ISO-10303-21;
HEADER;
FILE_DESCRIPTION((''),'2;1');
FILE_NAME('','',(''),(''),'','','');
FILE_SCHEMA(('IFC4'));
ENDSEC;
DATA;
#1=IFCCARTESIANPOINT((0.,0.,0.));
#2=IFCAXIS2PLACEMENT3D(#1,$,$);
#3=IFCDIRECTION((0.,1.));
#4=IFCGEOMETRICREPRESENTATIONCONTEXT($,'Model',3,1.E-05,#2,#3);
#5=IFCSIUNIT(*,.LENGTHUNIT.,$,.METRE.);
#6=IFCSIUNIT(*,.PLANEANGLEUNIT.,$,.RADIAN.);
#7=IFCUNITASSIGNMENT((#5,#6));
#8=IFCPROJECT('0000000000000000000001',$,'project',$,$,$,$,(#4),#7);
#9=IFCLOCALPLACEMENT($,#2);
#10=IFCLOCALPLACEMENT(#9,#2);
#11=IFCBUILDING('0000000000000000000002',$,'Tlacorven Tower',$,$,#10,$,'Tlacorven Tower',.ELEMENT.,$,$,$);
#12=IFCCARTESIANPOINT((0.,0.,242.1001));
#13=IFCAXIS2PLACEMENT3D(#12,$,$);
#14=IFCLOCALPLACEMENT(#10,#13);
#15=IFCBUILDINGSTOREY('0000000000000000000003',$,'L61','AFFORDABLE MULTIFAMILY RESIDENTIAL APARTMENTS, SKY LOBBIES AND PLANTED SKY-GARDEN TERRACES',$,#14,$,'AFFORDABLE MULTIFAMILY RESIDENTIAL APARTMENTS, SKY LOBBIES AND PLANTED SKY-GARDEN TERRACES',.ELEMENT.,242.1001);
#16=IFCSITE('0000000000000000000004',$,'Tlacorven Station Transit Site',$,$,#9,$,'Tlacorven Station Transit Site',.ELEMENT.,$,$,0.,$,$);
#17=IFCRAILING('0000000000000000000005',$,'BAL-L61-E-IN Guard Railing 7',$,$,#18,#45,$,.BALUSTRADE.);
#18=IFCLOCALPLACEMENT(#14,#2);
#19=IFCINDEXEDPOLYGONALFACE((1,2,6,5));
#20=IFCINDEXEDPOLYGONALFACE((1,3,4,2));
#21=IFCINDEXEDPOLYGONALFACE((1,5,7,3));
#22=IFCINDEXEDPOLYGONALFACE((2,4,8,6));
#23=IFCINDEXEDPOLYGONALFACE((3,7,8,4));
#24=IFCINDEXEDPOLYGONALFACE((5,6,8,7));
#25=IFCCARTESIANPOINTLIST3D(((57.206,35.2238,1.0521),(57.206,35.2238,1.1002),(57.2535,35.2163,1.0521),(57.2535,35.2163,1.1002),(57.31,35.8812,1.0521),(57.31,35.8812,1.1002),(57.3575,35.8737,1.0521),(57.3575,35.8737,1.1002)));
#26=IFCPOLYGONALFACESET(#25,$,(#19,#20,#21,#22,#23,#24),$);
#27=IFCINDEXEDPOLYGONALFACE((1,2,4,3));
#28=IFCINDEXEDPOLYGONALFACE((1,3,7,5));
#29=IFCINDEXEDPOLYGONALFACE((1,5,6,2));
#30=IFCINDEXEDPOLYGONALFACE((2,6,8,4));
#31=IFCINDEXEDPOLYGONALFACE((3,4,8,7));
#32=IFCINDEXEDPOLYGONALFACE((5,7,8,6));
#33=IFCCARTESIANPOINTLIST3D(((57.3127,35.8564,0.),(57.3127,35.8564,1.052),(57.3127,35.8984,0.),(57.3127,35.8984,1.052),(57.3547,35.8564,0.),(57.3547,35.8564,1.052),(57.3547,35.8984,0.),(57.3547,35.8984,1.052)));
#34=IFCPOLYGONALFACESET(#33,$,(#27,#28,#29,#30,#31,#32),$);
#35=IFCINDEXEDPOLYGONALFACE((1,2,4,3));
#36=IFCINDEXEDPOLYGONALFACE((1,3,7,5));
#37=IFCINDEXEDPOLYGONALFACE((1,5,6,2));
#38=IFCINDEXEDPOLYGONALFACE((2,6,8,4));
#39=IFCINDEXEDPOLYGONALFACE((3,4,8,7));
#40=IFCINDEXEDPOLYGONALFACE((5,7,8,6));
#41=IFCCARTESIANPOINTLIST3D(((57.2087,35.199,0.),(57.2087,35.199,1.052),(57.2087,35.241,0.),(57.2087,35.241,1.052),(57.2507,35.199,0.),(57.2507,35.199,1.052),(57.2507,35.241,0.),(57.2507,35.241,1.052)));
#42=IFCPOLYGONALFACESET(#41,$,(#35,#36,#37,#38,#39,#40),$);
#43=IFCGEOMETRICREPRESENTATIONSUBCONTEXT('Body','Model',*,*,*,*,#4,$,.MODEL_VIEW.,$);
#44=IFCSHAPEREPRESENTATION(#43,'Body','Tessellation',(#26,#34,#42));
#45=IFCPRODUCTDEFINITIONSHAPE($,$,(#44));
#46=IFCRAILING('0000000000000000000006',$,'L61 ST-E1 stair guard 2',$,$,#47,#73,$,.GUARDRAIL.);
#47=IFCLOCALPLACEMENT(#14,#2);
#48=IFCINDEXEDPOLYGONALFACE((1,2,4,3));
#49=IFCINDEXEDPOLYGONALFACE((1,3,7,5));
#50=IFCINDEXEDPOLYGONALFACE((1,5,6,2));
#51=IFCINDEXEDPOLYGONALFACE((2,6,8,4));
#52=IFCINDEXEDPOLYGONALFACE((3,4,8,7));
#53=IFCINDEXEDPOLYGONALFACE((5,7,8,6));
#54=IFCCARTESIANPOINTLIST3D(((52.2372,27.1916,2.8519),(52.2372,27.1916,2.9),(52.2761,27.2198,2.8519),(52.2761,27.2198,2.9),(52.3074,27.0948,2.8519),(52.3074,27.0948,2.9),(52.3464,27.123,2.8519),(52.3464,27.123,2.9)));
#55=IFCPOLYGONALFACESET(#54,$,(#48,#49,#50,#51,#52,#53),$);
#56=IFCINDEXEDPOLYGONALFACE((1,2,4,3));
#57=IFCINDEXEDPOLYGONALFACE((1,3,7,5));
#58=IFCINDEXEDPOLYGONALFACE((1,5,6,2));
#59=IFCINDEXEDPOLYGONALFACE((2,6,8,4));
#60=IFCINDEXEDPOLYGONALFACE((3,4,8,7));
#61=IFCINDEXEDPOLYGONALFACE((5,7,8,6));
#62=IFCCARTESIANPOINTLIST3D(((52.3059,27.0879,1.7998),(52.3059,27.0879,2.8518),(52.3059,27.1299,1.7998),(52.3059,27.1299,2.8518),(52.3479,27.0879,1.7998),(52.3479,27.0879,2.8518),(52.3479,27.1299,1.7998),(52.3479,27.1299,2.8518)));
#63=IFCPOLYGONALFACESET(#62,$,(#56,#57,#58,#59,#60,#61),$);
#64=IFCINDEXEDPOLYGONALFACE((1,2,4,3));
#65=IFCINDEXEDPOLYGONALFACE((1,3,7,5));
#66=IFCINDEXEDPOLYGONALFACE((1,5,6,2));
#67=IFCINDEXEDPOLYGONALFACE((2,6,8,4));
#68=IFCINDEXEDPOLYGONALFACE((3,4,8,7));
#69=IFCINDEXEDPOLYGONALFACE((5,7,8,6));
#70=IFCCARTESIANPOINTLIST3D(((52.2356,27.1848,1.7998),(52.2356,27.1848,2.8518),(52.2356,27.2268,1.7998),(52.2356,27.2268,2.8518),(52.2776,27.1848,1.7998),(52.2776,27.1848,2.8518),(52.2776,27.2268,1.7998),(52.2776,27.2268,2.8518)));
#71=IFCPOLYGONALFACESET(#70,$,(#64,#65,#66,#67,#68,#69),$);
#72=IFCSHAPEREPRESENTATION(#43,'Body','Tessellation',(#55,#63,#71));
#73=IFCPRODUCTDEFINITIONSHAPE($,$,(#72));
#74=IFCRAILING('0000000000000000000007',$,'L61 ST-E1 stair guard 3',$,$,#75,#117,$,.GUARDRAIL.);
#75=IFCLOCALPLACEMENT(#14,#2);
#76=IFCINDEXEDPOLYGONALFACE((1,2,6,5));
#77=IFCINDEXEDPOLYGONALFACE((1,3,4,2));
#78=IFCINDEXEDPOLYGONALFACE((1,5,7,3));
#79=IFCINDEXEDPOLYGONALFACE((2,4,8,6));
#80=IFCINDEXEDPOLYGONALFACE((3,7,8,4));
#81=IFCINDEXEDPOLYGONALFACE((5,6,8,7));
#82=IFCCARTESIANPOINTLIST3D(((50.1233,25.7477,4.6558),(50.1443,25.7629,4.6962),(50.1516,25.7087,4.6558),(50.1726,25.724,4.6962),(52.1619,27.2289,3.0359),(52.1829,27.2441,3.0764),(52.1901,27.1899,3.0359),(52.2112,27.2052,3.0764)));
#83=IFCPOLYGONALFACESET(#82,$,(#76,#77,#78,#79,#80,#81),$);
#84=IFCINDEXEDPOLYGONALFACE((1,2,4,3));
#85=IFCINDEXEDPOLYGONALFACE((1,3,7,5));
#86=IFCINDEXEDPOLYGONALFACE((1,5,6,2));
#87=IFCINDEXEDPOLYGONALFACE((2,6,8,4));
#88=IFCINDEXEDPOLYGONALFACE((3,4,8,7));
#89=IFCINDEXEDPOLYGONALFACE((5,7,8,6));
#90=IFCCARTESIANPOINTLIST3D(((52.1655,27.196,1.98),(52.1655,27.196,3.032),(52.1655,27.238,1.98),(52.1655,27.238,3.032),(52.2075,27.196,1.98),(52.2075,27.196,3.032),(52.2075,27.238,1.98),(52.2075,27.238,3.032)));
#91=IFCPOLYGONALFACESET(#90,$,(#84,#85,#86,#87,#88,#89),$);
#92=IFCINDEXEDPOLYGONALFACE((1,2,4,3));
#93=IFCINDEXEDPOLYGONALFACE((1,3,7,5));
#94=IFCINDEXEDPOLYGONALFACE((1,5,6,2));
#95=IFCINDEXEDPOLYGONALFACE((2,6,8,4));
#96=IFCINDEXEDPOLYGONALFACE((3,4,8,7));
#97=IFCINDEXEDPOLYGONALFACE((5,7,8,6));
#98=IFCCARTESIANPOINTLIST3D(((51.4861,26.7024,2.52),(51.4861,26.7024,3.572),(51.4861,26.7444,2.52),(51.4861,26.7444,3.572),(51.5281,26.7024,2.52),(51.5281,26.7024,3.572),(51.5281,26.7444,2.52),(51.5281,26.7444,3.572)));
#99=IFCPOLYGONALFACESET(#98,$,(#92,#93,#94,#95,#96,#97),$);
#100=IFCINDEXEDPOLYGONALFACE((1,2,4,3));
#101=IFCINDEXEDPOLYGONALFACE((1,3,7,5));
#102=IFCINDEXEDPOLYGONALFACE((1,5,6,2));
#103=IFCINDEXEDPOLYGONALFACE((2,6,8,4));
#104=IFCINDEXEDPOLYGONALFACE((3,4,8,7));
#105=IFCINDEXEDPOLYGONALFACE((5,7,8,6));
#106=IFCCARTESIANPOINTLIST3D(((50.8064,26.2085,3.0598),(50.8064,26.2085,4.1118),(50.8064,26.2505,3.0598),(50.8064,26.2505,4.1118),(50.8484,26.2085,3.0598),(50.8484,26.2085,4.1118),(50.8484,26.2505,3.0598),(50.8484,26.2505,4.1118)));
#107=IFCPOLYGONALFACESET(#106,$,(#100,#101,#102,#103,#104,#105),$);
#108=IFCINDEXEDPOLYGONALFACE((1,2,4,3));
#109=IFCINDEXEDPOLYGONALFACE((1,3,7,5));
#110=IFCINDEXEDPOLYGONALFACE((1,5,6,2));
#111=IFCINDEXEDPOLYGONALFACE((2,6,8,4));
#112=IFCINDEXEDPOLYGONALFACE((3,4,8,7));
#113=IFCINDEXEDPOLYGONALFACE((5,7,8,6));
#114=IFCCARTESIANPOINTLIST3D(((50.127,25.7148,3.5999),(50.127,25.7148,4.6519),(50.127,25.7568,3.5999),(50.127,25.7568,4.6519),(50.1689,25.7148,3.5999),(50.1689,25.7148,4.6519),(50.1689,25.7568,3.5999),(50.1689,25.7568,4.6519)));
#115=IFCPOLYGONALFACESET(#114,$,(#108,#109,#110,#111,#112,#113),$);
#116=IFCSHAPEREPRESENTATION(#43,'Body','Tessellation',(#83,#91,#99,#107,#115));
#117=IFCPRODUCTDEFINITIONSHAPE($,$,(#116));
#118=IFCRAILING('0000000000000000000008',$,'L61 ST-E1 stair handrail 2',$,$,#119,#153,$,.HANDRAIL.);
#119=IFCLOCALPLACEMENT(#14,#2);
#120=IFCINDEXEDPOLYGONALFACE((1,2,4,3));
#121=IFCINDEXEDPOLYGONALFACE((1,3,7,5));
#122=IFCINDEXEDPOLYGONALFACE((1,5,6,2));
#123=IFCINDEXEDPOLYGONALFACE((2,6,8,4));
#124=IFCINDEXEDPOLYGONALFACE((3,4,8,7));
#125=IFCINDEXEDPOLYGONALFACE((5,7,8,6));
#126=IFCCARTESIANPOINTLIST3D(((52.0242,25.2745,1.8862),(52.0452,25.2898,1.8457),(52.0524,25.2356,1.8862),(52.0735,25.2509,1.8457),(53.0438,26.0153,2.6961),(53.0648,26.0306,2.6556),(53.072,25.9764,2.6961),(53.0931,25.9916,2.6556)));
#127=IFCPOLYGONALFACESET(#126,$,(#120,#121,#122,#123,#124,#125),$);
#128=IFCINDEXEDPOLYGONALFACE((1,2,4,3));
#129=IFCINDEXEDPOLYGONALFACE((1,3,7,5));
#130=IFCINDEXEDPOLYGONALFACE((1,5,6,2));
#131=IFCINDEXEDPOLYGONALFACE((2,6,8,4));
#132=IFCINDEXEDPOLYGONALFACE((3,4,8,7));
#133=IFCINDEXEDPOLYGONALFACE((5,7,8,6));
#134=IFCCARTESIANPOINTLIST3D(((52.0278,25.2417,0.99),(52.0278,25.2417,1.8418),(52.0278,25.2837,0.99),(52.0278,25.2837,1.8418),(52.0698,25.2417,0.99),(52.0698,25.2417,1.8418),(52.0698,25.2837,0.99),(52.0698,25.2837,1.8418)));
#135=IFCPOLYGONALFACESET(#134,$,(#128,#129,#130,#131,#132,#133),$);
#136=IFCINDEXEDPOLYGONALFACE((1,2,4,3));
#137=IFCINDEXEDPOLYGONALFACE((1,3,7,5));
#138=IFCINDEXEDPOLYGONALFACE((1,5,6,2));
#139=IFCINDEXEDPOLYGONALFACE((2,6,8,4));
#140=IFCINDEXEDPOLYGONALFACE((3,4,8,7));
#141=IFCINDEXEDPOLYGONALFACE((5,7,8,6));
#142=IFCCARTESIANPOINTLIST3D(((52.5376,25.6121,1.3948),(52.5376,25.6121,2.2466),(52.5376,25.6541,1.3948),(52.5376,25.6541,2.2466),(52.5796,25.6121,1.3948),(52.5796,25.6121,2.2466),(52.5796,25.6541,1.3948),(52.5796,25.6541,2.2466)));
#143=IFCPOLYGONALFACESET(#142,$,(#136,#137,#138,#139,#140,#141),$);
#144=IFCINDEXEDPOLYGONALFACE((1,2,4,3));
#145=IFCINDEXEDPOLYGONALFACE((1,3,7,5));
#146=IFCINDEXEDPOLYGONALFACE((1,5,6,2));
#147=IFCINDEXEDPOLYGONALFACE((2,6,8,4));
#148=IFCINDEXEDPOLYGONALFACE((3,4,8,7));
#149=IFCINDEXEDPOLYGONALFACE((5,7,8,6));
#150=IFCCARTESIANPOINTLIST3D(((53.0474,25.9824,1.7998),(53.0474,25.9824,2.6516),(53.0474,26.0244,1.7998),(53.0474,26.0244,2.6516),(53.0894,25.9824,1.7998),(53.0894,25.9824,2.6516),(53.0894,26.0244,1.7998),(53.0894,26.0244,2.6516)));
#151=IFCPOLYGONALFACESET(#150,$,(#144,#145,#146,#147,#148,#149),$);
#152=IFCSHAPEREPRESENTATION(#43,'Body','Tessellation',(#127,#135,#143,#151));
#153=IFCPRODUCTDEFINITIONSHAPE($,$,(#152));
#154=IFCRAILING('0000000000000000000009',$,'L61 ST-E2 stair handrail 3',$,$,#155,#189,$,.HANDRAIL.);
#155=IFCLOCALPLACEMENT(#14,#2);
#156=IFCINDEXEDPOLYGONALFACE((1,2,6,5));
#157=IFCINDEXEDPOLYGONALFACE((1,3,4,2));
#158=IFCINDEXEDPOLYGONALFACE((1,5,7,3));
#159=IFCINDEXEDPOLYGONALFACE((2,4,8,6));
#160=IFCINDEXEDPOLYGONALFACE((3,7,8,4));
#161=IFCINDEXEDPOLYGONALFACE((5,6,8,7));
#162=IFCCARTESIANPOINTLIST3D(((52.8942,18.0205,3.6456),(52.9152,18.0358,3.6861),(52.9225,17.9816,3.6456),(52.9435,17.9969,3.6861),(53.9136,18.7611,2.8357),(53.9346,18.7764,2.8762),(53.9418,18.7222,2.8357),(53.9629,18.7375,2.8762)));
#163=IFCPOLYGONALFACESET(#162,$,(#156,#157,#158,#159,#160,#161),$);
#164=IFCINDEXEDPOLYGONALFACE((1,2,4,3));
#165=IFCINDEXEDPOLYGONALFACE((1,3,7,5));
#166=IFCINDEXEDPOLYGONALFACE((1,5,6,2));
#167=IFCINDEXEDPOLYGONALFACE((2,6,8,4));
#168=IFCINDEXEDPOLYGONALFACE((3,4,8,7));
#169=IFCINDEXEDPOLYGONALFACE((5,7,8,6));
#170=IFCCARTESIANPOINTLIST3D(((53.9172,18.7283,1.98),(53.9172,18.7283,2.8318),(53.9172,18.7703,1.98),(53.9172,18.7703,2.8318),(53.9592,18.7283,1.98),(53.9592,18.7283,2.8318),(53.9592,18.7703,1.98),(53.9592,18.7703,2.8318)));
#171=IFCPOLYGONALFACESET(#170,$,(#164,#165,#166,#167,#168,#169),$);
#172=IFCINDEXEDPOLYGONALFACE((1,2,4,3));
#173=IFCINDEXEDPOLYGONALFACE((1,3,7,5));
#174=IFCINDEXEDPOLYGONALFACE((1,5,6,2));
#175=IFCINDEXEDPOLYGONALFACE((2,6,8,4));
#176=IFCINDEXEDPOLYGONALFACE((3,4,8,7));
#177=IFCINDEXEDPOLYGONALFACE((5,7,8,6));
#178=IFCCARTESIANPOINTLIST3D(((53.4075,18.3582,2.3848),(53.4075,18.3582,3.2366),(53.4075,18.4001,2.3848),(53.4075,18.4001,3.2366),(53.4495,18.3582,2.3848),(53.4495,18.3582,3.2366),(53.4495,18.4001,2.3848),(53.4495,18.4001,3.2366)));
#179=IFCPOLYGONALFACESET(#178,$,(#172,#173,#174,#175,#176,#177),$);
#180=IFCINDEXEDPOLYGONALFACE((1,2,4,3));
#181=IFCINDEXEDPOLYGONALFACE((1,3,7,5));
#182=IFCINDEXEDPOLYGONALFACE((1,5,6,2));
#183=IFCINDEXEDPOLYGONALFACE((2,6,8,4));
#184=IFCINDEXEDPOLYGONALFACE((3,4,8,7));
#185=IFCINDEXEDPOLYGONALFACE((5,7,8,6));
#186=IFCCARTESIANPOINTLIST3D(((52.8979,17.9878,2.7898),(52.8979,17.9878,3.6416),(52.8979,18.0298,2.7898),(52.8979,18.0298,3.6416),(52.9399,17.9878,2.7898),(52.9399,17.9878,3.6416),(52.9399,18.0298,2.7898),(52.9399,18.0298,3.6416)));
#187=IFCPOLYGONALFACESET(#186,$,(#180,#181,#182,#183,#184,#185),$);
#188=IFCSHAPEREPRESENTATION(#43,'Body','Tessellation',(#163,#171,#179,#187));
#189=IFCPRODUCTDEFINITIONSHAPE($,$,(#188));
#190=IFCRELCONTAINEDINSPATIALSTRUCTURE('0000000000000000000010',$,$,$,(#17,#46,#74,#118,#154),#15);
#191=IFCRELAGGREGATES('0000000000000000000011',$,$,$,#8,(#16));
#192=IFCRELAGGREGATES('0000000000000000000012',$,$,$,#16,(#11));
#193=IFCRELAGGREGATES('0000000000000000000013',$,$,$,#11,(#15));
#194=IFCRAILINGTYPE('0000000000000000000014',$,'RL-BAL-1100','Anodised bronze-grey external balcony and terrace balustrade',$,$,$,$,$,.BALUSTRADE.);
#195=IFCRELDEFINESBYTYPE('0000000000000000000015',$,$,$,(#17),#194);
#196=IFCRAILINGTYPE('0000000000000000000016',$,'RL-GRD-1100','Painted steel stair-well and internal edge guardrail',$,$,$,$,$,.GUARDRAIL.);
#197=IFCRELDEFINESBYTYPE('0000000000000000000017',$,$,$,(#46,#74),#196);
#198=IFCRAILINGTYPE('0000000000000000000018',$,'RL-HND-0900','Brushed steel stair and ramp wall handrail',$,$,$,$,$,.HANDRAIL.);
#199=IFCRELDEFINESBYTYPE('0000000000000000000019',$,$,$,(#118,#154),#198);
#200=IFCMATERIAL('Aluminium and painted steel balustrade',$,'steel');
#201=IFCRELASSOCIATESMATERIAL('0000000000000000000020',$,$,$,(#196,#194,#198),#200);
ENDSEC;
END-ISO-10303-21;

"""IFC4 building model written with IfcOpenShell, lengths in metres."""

from ifc_helpers import new_model, si_unit, direction, frame, origin, origin_2d, place, context, subcontext, project, spatial, rectangle, extrude, source, transform, mapped, material, type_object, element, save


model = new_model("IFC4")

# Units and contexts
model_context = context("Model", 3, precision=1e-05, world=origin(), true_north=direction((0.0, 1.0)))
body_context = subcontext(model_context, "Body", "Model", "MODEL_VIEW")
ifc_project = project(units=[si_unit("LENGTHUNIT", "METRE"), si_unit("PLANEANGLEUNIT", "RADIAN")], contexts=[model_context])

# Site, building, storey
site_placement = place(None, origin())
site = spatial("IfcSite", under=ifc_project, at=site_placement, Name="Tlacorven Station Transit Site", LongName="Tlacorven Station Transit Site", CompositionType="ELEMENT", RefElevation=0.0)
building_placement = place(site_placement, origin())
building = spatial("IfcBuilding", under=site, at=building_placement, Name="Tlacorven Tower", LongName="Tlacorven Tower", CompositionType="ELEMENT")
storey_placement = place(building_placement, frame((0.0, 0.0, 242.1001)))
storey = spatial("IfcBuildingStorey", under=building, at=storey_placement, Name="L61", Description="AFFORDABLE MULTIFAMILY RESIDENTIAL APARTMENTS, SKY LOBBIES AND PLANTED SKY-GARDEN TERRACES", LongName="AFFORDABLE MULTIFAMILY RESIDENTIAL APARTMENTS, SKY LOBBIES AND PLANTED SKY-GARDEN TERRACES", CompositionType="ELEMENT", Elevation=242.1001)

# Railings
ifc_material_1 = material(Name="Aluminium and painted steel balustrade", Category="steel")
railing_type_1 = type_object("IfcRailingType", Name="RL-GRD-1100", Description="Painted steel stair-well and internal edge guardrail", PredefinedType="GUARDRAIL", material=ifc_material_1)
railing_type_2 = type_object("IfcRailingType", Name="RL-BAL-1100", Description="Anodised bronze-grey external balcony and terrace balustrade", PredefinedType="BALUSTRADE", material=ifc_material_1)
shared_shape_1 = source(origin(), body_context, "Body", "SweptSolid", [
    extrude(rectangle(XDim=0.0481, YDim=0.0481, at=origin_2d()), frame((0.0, 0.0, 1.0762), z_axis=(-0.156245, -0.987718, 0.0), x_axis=(0.987718, -0.156245, 0.0)), (0.0, 0.0, 1.0), 0.6655),
    extrude(rectangle(XDim=0.042, YDim=0.042, at=origin_2d()), origin(), (0.0, 0.0, 1.0), 1.052),
    extrude(rectangle(XDim=0.042, YDim=0.042, at=origin_2d()), frame((-0.104, -0.6575, 0.0)), (0.0, 0.0, 1.0), 1.052),
])
railing_1_placement = place(storey_placement, frame((57.3337, 35.8774, 0.0)))
element("IfcRailing", 1, at=railing_1_placement, inside=storey, type_object=railing_type_2, Name="BAL-L61-E-IN Guard Railing 7", PredefinedType="BALUSTRADE", context=body_context, shape_type="MappedRepresentation", body=[
    mapped(shared_shape_1, transform((0.0, 0.0, 0.0), scale=1.0)),
])
shared_shape_2 = source(origin(), body_context, "Body", "SweptSolid", [
    extrude(rectangle(XDim=0.0481, YDim=0.0481, at=origin_2d()), frame((0.0, 0.0, 1.0762), z_axis=(-0.587201, 0.809441, 0.0), x_axis=(-0.809441, -0.587201, 0.0)), (0.0, 0.0, 1.0), 0.1196),
    extrude(rectangle(XDim=0.042, YDim=0.042, at=origin_2d()), origin(), (0.0, 0.0, 1.0), 1.052),
    extrude(rectangle(XDim=0.042, YDim=0.042, at=origin_2d()), frame((-0.0703, 0.0969, 0.0)), (0.0, 0.0, 1.0), 1.052),
])
railing_2_placement = place(storey_placement, frame((52.3269, 27.1089, 1.7998)))
element("IfcRailing", 2, at=railing_2_placement, inside=storey, type_object=railing_type_1, Name="L61 ST-E1 stair guard 2", PredefinedType="GUARDRAIL", context=body_context, shape_type="MappedRepresentation", body=[
    mapped(shared_shape_2, transform((0.0, 0.0, 0.0), scale=1.0)),
])
shared_shape_3 = source(origin(), body_context, "Body", "SweptSolid", [
    extrude(rectangle(XDim=0.0481, YDim=0.0481, at=origin_2d()), frame((0.0, 0.0, 1.0762), z_axis=(-0.680519, -0.494456, 0.540747), x_axis=(0.587809, -0.809, 0.0)), (0.0, 0.0, 1.0), 2.9956),
    extrude(rectangle(XDim=0.042, YDim=0.042, at=origin_2d()), origin(), (0.0, 0.0, 1.0), 1.052),
    extrude(rectangle(XDim=0.042, YDim=0.042, at=origin_2d()), frame((-0.6794, -0.4937, 0.54)), (0.0, 0.0, 1.0), 1.052),
    extrude(rectangle(XDim=0.042, YDim=0.042, at=origin_2d()), frame((-1.3591, -0.9875, 1.0798)), (0.0, 0.0, 1.0), 1.052),
    extrude(rectangle(XDim=0.042, YDim=0.042, at=origin_2d()), frame((-2.0386, -1.4812, 1.6199)), (0.0, 0.0, 1.0), 1.052),
])
railing_3_placement = place(storey_placement, frame((52.1865, 27.217, 1.98)))
element("IfcRailing", 3, at=railing_3_placement, inside=storey, type_object=railing_type_1, Name="L61 ST-E1 stair guard 3", PredefinedType="GUARDRAIL", context=body_context, shape_type="MappedRepresentation", body=[
    mapped(shared_shape_3, transform((0.0, 0.0, 0.0), scale=1.0)),
])
railing_type_3 = type_object("IfcRailingType", Name="RL-HND-0900", Description="Brushed steel stair and ramp wall handrail", PredefinedType="HANDRAIL", material=ifc_material_1)
shared_shape_4 = source(origin(), body_context, "Body", "SweptSolid", [
    extrude(rectangle(XDim=0.0481, YDim=0.0481, at=origin_2d()), frame((0.0, 0.0, 0.876), z_axis=(0.680609, 0.494484, 0.540608), x_axis=(-0.58778, 0.809021, 0.0)), (0.0, 0.0, 1.0), 1.498),
    extrude(rectangle(XDim=0.042, YDim=0.042, at=origin_2d()), origin(), (0.0, 0.0, 1.0), 0.8518),
    extrude(rectangle(XDim=0.042, YDim=0.042, at=origin_2d()), frame((0.5098, 0.3704, 0.4048)), (0.0, 0.0, 1.0), 0.8518),
    extrude(rectangle(XDim=0.042, YDim=0.042, at=origin_2d()), frame((1.0195, 0.7407, 0.8098)), (0.0, 0.0, 1.0), 0.8518),
])
railing_4_placement = place(storey_placement, frame((52.0488, 25.2627, 0.99)))
element("IfcRailing", 4, at=railing_4_placement, inside=storey, type_object=railing_type_3, Name="L61 ST-E1 stair handrail 2", PredefinedType="HANDRAIL", context=body_context, shape_type="MappedRepresentation", body=[
    mapped(shared_shape_4, transform((0.0, 0.0, 0.0), scale=1.0)),
])
shared_shape_5 = source(origin(), body_context, "Body", "SweptSolid", [
    extrude(rectangle(XDim=0.0481, YDim=0.0481, at=origin_2d()), frame((0.0, 0.0, 0.876), z_axis=(-0.680576, -0.494416, 0.540712), x_axis=(0.587745, -0.809046, 0.0)), (0.0, 0.0, 1.0), 1.4978),
    extrude(rectangle(XDim=0.042, YDim=0.042, at=origin_2d()), origin(), (0.0, 0.0, 1.0), 0.8518),
    extrude(rectangle(XDim=0.042, YDim=0.042, at=origin_2d()), frame((-0.5098, -0.3701, 0.4048)), (0.0, 0.0, 1.0), 0.8518),
    extrude(rectangle(XDim=0.042, YDim=0.042, at=origin_2d()), frame((-1.0193, -0.7405, 0.8098)), (0.0, 0.0, 1.0), 0.8518),
])
railing_5_placement = place(storey_placement, frame((53.9382, 18.7493, 1.98)))
element("IfcRailing", 5, at=railing_5_placement, inside=storey, type_object=railing_type_3, Name="L61 ST-E2 stair handrail 3", PredefinedType="HANDRAIL", context=body_context, shape_type="MappedRepresentation", body=[
    mapped(shared_shape_5, transform((0.0, 0.0, 0.0), scale=1.0)),
])

save(model, "model.ifc")
